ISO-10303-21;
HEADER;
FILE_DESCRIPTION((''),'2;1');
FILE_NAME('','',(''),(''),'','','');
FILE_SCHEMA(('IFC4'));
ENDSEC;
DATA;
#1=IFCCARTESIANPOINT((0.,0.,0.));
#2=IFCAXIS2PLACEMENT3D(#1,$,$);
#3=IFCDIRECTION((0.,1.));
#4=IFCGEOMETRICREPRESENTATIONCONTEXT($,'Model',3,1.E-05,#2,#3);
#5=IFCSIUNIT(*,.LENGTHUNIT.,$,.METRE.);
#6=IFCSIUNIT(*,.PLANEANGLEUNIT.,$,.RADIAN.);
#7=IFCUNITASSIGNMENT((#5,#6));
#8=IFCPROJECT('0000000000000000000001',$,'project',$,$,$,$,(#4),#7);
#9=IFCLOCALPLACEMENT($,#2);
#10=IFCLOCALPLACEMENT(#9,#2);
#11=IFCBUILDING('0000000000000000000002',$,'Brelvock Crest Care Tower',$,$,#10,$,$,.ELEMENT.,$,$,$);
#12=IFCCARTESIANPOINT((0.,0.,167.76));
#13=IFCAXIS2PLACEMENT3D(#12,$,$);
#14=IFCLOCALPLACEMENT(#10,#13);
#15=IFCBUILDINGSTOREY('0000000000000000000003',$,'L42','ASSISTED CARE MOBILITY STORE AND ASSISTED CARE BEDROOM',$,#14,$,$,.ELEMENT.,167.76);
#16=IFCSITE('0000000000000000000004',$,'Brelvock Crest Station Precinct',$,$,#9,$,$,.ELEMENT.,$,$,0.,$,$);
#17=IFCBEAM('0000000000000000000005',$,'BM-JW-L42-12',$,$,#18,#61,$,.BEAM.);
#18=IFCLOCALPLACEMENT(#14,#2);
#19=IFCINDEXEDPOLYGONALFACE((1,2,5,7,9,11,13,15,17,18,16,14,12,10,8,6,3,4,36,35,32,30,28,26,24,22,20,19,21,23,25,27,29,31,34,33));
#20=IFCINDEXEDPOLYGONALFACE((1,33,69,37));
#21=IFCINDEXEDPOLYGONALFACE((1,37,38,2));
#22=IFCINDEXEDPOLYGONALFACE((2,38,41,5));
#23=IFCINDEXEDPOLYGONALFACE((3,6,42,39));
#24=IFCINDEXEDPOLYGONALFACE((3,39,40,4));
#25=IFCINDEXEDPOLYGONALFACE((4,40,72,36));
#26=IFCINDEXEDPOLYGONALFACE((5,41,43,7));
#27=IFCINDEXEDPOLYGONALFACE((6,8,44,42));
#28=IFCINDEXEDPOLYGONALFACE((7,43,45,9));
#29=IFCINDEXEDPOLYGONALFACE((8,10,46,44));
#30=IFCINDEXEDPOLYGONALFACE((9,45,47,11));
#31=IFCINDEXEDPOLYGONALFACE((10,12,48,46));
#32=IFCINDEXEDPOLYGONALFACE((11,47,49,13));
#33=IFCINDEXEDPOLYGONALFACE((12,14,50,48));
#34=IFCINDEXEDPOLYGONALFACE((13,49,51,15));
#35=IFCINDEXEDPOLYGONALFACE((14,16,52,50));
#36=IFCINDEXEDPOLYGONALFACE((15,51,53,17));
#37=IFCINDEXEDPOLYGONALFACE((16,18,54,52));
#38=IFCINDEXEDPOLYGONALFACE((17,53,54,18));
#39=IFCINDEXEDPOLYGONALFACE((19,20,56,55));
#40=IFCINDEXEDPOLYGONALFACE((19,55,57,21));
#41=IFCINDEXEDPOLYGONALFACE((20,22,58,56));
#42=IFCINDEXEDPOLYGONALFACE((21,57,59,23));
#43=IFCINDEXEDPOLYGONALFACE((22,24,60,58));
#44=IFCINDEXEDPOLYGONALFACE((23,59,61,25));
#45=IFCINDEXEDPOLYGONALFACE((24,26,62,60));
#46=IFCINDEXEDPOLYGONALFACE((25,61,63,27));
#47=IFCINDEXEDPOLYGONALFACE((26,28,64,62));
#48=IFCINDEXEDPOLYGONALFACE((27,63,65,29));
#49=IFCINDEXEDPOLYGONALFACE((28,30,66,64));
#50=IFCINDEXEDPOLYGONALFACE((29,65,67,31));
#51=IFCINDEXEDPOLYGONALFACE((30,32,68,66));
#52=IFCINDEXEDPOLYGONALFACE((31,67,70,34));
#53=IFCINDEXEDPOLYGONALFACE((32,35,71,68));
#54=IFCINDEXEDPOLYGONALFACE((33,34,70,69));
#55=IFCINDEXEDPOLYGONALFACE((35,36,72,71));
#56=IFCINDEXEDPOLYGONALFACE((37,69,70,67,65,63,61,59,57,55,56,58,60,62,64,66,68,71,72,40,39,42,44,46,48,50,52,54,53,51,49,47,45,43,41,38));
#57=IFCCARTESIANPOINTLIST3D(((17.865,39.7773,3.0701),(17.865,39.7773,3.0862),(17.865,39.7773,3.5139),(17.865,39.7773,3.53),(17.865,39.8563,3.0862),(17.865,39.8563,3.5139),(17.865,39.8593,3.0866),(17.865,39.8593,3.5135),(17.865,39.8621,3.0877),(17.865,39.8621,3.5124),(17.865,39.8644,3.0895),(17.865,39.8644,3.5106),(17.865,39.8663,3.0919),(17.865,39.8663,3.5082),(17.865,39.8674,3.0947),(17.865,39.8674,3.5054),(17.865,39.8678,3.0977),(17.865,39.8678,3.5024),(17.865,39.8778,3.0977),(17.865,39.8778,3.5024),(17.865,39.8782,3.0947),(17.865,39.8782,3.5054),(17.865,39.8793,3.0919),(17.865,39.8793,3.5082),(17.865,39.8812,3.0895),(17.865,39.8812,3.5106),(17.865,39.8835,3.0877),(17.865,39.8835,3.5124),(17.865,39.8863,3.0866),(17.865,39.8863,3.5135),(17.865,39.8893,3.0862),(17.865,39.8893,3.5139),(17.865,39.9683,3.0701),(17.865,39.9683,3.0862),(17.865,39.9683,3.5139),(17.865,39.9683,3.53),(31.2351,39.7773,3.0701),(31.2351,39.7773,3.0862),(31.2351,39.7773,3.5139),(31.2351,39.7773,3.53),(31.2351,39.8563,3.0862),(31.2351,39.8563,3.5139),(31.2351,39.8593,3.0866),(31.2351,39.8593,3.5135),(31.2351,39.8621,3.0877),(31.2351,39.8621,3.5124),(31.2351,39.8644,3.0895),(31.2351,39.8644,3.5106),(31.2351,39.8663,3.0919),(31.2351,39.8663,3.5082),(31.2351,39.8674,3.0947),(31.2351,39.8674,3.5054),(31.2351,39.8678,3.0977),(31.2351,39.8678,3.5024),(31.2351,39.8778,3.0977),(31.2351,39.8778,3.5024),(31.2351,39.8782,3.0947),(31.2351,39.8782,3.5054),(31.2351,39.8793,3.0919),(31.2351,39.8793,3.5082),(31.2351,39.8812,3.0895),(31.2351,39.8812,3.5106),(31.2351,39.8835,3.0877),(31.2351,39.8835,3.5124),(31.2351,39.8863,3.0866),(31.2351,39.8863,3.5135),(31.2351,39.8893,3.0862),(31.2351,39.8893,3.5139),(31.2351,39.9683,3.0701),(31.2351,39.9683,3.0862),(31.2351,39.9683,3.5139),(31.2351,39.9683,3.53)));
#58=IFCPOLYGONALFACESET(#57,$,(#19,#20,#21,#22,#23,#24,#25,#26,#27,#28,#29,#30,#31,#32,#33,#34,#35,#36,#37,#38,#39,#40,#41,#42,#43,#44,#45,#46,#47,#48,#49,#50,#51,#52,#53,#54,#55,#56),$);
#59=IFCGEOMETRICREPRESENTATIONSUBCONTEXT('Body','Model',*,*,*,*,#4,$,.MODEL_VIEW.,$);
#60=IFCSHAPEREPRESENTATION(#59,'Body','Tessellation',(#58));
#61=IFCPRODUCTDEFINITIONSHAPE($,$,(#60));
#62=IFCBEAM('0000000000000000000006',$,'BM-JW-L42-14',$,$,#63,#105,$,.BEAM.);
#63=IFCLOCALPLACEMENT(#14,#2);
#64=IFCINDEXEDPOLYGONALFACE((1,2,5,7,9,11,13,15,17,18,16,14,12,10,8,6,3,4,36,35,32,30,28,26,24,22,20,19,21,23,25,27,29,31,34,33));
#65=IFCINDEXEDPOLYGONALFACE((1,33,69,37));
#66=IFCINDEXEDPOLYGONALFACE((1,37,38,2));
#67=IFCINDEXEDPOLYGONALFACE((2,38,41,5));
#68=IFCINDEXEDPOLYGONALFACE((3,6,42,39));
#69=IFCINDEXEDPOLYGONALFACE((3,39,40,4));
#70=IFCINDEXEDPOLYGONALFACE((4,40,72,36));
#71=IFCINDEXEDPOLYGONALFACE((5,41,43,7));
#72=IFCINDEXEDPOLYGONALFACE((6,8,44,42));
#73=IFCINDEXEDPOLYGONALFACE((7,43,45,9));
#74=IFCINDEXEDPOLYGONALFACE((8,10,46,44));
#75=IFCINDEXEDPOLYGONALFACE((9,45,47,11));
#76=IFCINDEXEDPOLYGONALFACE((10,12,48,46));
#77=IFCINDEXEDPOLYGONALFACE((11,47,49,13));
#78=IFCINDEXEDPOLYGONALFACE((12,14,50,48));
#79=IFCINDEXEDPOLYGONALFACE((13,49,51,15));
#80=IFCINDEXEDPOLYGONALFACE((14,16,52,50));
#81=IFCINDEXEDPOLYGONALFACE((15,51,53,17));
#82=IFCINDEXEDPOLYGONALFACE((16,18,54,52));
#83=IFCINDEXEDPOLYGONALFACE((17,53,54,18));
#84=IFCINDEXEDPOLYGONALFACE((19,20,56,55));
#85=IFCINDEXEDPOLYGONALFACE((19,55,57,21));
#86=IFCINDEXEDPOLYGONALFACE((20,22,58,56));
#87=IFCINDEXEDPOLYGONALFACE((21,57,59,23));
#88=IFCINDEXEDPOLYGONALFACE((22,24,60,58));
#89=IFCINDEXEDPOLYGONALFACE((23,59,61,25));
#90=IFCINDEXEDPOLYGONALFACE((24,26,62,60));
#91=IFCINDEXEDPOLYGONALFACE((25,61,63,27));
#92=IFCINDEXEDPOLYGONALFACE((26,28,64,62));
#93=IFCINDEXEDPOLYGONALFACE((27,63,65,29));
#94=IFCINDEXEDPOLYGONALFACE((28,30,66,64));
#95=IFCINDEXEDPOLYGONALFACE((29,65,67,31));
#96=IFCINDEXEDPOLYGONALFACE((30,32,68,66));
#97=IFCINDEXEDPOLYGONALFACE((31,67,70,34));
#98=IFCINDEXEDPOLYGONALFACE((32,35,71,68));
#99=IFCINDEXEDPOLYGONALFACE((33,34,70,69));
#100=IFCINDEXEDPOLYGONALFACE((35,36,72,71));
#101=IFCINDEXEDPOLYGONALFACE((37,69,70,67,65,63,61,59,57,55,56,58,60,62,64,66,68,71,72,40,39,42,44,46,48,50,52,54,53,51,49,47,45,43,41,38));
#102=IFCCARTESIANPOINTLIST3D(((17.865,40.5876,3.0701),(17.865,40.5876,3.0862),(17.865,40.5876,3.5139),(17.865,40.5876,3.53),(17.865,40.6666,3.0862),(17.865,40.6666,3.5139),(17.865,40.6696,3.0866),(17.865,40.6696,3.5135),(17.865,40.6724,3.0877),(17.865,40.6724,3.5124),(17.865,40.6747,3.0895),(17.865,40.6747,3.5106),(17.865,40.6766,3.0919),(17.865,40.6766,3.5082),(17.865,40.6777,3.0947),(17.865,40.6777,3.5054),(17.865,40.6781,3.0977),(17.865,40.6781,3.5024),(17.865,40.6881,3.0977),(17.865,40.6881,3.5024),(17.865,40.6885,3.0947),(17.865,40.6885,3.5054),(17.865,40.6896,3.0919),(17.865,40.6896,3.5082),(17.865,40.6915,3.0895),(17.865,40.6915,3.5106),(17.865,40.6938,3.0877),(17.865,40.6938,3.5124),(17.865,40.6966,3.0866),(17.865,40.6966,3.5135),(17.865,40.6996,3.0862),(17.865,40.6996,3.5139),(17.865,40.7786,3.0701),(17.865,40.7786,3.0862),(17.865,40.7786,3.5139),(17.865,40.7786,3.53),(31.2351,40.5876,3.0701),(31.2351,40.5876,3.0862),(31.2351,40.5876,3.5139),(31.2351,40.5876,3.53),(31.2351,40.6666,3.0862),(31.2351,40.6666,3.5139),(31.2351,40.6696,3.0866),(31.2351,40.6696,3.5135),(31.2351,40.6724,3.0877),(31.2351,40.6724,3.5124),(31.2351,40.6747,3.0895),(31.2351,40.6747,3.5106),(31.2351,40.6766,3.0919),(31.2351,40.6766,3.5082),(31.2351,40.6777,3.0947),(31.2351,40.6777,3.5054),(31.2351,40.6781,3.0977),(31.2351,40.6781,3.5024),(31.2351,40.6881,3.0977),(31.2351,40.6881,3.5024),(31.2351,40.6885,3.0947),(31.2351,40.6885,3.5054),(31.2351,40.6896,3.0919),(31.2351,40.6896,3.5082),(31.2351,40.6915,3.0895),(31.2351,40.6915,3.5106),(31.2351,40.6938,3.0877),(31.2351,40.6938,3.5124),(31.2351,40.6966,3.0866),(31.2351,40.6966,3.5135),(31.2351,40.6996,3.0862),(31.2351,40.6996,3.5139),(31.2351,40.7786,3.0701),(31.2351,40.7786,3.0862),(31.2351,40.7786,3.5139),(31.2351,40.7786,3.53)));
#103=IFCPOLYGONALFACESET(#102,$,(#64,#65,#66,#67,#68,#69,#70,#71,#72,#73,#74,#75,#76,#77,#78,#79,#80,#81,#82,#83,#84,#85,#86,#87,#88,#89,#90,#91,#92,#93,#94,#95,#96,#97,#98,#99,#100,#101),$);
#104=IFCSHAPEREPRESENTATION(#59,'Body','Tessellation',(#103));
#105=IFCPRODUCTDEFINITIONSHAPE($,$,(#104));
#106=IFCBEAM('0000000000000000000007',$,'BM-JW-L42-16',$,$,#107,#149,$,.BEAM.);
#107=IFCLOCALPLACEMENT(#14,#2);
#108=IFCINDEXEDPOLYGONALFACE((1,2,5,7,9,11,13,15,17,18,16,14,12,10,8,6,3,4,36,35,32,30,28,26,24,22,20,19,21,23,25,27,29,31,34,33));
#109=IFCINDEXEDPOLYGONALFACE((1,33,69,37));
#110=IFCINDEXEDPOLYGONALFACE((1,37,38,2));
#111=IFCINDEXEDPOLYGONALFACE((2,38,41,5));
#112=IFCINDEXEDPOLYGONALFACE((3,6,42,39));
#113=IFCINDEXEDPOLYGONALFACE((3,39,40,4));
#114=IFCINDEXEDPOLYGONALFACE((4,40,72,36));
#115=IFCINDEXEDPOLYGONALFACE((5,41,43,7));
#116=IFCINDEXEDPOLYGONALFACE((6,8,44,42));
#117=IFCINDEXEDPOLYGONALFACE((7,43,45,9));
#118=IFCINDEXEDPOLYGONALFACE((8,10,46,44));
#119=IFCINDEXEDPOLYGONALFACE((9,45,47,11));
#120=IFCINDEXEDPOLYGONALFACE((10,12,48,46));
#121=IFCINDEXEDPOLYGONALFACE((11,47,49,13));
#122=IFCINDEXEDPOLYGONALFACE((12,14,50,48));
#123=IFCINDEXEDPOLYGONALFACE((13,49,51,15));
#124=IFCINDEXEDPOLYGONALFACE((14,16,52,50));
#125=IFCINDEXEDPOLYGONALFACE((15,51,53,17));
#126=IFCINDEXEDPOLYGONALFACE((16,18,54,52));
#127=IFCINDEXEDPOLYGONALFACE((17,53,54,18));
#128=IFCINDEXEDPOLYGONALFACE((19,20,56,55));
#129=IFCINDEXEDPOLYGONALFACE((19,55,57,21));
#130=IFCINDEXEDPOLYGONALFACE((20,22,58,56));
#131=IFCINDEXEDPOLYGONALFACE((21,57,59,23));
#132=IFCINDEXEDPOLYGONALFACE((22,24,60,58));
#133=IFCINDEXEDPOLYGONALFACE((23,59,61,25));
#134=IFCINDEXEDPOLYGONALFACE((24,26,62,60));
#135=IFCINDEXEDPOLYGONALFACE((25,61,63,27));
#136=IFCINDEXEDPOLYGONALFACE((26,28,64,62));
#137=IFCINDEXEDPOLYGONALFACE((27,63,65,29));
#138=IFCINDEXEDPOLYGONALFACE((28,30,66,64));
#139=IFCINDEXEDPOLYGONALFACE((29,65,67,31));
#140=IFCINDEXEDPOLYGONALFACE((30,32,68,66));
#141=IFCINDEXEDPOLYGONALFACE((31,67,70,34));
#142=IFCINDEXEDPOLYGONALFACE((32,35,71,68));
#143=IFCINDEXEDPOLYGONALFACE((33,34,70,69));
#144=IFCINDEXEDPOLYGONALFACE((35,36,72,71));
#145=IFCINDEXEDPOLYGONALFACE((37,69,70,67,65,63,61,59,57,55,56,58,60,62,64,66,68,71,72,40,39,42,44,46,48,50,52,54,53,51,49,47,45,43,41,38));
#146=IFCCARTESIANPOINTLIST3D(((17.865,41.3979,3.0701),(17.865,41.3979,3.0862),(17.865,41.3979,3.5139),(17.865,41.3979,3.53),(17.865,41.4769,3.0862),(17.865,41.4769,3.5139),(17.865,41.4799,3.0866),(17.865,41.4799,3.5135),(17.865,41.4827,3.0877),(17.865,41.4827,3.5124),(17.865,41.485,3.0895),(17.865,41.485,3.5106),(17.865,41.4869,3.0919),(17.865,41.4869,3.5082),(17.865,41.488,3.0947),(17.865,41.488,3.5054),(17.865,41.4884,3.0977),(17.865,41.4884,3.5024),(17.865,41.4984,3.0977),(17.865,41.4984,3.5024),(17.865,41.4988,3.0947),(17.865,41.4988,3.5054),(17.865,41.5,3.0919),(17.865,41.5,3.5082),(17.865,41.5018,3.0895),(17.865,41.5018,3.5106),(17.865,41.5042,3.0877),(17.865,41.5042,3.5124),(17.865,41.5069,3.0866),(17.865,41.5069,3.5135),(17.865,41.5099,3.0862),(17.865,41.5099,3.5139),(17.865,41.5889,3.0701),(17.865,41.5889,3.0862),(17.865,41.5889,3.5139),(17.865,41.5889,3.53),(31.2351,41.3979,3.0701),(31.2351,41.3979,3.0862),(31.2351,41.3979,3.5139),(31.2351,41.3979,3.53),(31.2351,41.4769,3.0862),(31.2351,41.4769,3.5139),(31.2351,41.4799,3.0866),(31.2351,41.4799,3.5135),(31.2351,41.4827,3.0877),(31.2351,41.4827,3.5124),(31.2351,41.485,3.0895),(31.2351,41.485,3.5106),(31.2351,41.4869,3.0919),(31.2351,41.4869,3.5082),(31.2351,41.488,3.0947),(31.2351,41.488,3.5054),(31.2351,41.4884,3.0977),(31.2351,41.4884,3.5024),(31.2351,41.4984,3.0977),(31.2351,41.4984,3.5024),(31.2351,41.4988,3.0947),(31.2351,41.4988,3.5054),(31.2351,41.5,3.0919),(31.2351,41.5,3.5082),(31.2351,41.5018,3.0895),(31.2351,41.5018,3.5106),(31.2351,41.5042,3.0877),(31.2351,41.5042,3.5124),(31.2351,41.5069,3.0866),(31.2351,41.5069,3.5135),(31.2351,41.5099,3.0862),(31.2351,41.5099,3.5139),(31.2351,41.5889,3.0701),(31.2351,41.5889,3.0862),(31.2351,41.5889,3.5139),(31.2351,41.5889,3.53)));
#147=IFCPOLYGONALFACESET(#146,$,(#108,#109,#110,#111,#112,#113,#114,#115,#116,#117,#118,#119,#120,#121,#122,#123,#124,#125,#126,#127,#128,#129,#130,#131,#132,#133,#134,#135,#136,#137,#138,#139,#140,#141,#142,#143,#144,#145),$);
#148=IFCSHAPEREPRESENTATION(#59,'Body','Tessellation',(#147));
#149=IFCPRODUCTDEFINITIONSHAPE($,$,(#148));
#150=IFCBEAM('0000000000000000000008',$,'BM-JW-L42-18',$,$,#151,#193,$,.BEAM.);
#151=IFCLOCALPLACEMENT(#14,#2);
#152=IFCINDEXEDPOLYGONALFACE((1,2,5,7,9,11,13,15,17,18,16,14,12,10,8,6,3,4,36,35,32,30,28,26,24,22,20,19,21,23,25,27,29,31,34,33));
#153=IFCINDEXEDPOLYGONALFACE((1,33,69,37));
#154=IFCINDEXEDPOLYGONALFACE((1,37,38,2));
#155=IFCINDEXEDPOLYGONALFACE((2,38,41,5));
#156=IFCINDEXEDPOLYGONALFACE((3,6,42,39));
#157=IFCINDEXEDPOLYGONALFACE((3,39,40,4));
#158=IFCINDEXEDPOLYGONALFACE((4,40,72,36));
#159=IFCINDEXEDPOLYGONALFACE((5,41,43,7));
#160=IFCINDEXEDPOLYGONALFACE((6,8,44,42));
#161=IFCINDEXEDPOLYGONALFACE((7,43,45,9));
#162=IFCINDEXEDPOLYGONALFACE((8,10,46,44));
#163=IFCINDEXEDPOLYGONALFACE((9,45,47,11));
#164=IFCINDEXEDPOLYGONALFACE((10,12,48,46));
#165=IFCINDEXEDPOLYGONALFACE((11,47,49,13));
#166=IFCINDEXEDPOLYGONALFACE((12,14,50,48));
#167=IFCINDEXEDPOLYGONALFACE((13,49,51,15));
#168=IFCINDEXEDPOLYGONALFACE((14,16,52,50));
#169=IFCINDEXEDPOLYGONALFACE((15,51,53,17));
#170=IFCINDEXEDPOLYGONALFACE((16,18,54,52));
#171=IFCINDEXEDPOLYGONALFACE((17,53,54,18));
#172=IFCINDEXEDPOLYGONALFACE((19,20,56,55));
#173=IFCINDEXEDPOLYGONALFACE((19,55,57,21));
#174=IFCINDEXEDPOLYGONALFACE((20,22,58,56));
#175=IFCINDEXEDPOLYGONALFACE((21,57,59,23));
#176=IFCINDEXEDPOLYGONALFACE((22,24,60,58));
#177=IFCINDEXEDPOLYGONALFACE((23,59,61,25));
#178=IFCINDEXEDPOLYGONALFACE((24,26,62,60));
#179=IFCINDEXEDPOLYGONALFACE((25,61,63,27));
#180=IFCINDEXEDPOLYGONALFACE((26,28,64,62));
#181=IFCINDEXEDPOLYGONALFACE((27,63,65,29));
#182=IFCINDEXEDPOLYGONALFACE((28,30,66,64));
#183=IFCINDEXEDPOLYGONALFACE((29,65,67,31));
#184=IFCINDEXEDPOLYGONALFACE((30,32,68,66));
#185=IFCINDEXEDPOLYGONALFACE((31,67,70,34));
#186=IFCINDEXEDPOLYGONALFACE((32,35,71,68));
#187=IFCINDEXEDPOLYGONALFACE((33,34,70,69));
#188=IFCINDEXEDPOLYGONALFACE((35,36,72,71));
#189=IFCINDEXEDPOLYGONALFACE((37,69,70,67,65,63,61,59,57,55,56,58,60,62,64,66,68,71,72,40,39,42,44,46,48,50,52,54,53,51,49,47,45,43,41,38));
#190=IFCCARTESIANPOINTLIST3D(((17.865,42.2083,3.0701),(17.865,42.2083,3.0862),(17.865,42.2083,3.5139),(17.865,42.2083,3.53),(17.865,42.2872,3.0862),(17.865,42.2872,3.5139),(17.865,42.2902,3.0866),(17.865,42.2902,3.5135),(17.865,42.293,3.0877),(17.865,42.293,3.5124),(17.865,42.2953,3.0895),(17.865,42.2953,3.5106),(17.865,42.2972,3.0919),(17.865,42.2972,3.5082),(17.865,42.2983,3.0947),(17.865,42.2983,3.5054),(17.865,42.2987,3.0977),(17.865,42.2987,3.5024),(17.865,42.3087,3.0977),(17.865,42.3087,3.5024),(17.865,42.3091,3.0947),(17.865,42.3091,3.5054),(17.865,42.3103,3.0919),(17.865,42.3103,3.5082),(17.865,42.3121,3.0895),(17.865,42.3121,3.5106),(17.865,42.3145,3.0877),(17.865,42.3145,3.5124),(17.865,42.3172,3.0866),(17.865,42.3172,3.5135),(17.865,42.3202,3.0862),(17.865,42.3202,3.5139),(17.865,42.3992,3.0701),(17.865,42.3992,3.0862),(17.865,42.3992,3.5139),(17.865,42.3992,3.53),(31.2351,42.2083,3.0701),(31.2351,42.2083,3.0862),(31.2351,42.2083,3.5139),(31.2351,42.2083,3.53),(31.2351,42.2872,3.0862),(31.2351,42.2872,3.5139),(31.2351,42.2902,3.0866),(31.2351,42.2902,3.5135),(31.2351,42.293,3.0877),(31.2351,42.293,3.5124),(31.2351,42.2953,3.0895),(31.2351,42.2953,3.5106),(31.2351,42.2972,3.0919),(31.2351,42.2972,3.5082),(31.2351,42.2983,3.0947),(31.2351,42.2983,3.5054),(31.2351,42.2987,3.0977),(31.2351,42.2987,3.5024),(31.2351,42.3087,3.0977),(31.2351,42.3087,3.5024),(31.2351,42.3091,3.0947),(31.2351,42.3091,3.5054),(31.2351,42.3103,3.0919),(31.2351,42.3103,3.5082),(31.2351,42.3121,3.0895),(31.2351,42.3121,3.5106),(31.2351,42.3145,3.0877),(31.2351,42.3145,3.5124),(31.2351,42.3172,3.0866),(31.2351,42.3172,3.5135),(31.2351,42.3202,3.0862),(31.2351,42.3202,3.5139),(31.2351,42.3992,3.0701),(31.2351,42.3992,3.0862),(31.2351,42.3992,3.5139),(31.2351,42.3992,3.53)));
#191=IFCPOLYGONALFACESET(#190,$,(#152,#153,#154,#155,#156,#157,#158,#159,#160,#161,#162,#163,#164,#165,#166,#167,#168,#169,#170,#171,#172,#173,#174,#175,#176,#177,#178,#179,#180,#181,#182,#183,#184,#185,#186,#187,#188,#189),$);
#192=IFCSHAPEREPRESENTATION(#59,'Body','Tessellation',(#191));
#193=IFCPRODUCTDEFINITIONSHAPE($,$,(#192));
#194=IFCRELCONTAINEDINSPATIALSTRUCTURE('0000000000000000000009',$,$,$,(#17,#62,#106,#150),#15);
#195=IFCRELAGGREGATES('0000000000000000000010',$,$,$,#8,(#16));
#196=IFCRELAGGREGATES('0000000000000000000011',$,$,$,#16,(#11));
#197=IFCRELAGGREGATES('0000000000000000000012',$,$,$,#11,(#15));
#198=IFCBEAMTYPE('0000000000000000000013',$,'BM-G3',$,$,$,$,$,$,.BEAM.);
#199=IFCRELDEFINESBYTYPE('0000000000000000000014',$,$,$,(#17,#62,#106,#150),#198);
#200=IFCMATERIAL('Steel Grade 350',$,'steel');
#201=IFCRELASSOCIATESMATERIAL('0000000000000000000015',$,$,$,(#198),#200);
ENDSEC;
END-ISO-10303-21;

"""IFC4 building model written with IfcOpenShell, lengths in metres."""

from ifc_helpers import new_model, si_unit, direction, frame, origin, origin_2d, place, context, subcontext, project, spatial, i_section, extrude, source, transform, mapped, material, material_profile, profile_set, type_object, element, save


model = new_model("IFC4")

# Units and contexts
model_context = context("Model", 3, precision=1e-05, world=origin(), true_north=direction((0.0, 1.0)))
body_context = subcontext(model_context, "Body", "Model", "MODEL_VIEW")
ifc_project = project(units=[si_unit("LENGTHUNIT", "METRE"), si_unit("PLANEANGLEUNIT", "RADIAN")], contexts=[model_context])

# Site, building, storey
site_placement = place(None, origin())
site = spatial("IfcSite", under=ifc_project, at=site_placement, Name="Brelvock Crest Station Precinct", CompositionType="ELEMENT", RefElevation=0.0)
building_placement = place(site_placement, origin())
building = spatial("IfcBuilding", under=site, at=building_placement, Name="Brelvock Crest Care Tower", CompositionType="ELEMENT")
storey_placement = place(building_placement, frame((0.0, 0.0, 167.76)))
storey = spatial("IfcBuildingStorey", under=building, at=storey_placement, Name="L42", Description="ASSISTED CARE MOBILITY STORE AND ASSISTED CARE BEDROOM", CompositionType="ELEMENT", Elevation=167.76)

# Shared definitions
ifc_material_1 = material(Name="Steel Grade 350", Category="steel")

# Beams
ifc_material_profile_1 = material_profile(ifc_material_1, i_section(OverallWidth=0.1909, OverallDepth=0.46, WebThickness=0.01, FlangeThickness=0.0161, FilletRadius=0.0115, at=origin_2d()), Name="460UB82.1")
ifc_profile_set_1 = profile_set([ifc_material_profile_1], Name="Steel Grade 350")
beam_type_1 = type_object("IfcBeamType", Name="BM-G3", PredefinedType="BEAM", material=ifc_profile_set_1)
shared_shape_1 = source(origin(), body_context, "Body", "SweptSolid", [
    extrude(i_section(OverallWidth=0.1909, OverallDepth=0.46, WebThickness=0.01, FlangeThickness=0.0161, FilletRadius=0.0115, at=origin_2d()), origin(), (0.0, 0.0, 1.0), 13.3701),
])
for number, where, z_axis, x_axis, name in (
    (1, (17.865, 39.8728, 3.3), (1.0, 0.0, 0.0), (0.0, 1.0, 0.0), "BM-JW-L42-12"),
    (2, (17.865, 40.6831, 3.3), (1.0, 0.0, 0.0), (0.0, 1.0, 0.0), "BM-JW-L42-14"),
    (3, (17.865, 41.4934, 3.3), (1.0, 0.0, 0.0), (0.0, 1.0, 0.0), "BM-JW-L42-16"),
    (4, (17.865, 42.3037, 3.3), (1.0, 0.0, 0.0), (0.0, 1.0, 0.0), "BM-JW-L42-18"),
):
    element("IfcBeam", number, at=place(storey_placement, frame(where, z_axis=z_axis, x_axis=x_axis)), inside=storey, type_object=beam_type_1, Name=name, PredefinedType="BEAM", context=body_context, shape_type="MappedRepresentation", body=[
        mapped(shared_shape_1, transform((0.0, 0.0, 0.0), x_axis=(1.0, 0.0, 0.0), y_axis=(0.0, 1.0, 0.0), z_axis=(0.0, 0.0, 1.0), scale=1.0)),
    ])

save(model, "model.ifc")
